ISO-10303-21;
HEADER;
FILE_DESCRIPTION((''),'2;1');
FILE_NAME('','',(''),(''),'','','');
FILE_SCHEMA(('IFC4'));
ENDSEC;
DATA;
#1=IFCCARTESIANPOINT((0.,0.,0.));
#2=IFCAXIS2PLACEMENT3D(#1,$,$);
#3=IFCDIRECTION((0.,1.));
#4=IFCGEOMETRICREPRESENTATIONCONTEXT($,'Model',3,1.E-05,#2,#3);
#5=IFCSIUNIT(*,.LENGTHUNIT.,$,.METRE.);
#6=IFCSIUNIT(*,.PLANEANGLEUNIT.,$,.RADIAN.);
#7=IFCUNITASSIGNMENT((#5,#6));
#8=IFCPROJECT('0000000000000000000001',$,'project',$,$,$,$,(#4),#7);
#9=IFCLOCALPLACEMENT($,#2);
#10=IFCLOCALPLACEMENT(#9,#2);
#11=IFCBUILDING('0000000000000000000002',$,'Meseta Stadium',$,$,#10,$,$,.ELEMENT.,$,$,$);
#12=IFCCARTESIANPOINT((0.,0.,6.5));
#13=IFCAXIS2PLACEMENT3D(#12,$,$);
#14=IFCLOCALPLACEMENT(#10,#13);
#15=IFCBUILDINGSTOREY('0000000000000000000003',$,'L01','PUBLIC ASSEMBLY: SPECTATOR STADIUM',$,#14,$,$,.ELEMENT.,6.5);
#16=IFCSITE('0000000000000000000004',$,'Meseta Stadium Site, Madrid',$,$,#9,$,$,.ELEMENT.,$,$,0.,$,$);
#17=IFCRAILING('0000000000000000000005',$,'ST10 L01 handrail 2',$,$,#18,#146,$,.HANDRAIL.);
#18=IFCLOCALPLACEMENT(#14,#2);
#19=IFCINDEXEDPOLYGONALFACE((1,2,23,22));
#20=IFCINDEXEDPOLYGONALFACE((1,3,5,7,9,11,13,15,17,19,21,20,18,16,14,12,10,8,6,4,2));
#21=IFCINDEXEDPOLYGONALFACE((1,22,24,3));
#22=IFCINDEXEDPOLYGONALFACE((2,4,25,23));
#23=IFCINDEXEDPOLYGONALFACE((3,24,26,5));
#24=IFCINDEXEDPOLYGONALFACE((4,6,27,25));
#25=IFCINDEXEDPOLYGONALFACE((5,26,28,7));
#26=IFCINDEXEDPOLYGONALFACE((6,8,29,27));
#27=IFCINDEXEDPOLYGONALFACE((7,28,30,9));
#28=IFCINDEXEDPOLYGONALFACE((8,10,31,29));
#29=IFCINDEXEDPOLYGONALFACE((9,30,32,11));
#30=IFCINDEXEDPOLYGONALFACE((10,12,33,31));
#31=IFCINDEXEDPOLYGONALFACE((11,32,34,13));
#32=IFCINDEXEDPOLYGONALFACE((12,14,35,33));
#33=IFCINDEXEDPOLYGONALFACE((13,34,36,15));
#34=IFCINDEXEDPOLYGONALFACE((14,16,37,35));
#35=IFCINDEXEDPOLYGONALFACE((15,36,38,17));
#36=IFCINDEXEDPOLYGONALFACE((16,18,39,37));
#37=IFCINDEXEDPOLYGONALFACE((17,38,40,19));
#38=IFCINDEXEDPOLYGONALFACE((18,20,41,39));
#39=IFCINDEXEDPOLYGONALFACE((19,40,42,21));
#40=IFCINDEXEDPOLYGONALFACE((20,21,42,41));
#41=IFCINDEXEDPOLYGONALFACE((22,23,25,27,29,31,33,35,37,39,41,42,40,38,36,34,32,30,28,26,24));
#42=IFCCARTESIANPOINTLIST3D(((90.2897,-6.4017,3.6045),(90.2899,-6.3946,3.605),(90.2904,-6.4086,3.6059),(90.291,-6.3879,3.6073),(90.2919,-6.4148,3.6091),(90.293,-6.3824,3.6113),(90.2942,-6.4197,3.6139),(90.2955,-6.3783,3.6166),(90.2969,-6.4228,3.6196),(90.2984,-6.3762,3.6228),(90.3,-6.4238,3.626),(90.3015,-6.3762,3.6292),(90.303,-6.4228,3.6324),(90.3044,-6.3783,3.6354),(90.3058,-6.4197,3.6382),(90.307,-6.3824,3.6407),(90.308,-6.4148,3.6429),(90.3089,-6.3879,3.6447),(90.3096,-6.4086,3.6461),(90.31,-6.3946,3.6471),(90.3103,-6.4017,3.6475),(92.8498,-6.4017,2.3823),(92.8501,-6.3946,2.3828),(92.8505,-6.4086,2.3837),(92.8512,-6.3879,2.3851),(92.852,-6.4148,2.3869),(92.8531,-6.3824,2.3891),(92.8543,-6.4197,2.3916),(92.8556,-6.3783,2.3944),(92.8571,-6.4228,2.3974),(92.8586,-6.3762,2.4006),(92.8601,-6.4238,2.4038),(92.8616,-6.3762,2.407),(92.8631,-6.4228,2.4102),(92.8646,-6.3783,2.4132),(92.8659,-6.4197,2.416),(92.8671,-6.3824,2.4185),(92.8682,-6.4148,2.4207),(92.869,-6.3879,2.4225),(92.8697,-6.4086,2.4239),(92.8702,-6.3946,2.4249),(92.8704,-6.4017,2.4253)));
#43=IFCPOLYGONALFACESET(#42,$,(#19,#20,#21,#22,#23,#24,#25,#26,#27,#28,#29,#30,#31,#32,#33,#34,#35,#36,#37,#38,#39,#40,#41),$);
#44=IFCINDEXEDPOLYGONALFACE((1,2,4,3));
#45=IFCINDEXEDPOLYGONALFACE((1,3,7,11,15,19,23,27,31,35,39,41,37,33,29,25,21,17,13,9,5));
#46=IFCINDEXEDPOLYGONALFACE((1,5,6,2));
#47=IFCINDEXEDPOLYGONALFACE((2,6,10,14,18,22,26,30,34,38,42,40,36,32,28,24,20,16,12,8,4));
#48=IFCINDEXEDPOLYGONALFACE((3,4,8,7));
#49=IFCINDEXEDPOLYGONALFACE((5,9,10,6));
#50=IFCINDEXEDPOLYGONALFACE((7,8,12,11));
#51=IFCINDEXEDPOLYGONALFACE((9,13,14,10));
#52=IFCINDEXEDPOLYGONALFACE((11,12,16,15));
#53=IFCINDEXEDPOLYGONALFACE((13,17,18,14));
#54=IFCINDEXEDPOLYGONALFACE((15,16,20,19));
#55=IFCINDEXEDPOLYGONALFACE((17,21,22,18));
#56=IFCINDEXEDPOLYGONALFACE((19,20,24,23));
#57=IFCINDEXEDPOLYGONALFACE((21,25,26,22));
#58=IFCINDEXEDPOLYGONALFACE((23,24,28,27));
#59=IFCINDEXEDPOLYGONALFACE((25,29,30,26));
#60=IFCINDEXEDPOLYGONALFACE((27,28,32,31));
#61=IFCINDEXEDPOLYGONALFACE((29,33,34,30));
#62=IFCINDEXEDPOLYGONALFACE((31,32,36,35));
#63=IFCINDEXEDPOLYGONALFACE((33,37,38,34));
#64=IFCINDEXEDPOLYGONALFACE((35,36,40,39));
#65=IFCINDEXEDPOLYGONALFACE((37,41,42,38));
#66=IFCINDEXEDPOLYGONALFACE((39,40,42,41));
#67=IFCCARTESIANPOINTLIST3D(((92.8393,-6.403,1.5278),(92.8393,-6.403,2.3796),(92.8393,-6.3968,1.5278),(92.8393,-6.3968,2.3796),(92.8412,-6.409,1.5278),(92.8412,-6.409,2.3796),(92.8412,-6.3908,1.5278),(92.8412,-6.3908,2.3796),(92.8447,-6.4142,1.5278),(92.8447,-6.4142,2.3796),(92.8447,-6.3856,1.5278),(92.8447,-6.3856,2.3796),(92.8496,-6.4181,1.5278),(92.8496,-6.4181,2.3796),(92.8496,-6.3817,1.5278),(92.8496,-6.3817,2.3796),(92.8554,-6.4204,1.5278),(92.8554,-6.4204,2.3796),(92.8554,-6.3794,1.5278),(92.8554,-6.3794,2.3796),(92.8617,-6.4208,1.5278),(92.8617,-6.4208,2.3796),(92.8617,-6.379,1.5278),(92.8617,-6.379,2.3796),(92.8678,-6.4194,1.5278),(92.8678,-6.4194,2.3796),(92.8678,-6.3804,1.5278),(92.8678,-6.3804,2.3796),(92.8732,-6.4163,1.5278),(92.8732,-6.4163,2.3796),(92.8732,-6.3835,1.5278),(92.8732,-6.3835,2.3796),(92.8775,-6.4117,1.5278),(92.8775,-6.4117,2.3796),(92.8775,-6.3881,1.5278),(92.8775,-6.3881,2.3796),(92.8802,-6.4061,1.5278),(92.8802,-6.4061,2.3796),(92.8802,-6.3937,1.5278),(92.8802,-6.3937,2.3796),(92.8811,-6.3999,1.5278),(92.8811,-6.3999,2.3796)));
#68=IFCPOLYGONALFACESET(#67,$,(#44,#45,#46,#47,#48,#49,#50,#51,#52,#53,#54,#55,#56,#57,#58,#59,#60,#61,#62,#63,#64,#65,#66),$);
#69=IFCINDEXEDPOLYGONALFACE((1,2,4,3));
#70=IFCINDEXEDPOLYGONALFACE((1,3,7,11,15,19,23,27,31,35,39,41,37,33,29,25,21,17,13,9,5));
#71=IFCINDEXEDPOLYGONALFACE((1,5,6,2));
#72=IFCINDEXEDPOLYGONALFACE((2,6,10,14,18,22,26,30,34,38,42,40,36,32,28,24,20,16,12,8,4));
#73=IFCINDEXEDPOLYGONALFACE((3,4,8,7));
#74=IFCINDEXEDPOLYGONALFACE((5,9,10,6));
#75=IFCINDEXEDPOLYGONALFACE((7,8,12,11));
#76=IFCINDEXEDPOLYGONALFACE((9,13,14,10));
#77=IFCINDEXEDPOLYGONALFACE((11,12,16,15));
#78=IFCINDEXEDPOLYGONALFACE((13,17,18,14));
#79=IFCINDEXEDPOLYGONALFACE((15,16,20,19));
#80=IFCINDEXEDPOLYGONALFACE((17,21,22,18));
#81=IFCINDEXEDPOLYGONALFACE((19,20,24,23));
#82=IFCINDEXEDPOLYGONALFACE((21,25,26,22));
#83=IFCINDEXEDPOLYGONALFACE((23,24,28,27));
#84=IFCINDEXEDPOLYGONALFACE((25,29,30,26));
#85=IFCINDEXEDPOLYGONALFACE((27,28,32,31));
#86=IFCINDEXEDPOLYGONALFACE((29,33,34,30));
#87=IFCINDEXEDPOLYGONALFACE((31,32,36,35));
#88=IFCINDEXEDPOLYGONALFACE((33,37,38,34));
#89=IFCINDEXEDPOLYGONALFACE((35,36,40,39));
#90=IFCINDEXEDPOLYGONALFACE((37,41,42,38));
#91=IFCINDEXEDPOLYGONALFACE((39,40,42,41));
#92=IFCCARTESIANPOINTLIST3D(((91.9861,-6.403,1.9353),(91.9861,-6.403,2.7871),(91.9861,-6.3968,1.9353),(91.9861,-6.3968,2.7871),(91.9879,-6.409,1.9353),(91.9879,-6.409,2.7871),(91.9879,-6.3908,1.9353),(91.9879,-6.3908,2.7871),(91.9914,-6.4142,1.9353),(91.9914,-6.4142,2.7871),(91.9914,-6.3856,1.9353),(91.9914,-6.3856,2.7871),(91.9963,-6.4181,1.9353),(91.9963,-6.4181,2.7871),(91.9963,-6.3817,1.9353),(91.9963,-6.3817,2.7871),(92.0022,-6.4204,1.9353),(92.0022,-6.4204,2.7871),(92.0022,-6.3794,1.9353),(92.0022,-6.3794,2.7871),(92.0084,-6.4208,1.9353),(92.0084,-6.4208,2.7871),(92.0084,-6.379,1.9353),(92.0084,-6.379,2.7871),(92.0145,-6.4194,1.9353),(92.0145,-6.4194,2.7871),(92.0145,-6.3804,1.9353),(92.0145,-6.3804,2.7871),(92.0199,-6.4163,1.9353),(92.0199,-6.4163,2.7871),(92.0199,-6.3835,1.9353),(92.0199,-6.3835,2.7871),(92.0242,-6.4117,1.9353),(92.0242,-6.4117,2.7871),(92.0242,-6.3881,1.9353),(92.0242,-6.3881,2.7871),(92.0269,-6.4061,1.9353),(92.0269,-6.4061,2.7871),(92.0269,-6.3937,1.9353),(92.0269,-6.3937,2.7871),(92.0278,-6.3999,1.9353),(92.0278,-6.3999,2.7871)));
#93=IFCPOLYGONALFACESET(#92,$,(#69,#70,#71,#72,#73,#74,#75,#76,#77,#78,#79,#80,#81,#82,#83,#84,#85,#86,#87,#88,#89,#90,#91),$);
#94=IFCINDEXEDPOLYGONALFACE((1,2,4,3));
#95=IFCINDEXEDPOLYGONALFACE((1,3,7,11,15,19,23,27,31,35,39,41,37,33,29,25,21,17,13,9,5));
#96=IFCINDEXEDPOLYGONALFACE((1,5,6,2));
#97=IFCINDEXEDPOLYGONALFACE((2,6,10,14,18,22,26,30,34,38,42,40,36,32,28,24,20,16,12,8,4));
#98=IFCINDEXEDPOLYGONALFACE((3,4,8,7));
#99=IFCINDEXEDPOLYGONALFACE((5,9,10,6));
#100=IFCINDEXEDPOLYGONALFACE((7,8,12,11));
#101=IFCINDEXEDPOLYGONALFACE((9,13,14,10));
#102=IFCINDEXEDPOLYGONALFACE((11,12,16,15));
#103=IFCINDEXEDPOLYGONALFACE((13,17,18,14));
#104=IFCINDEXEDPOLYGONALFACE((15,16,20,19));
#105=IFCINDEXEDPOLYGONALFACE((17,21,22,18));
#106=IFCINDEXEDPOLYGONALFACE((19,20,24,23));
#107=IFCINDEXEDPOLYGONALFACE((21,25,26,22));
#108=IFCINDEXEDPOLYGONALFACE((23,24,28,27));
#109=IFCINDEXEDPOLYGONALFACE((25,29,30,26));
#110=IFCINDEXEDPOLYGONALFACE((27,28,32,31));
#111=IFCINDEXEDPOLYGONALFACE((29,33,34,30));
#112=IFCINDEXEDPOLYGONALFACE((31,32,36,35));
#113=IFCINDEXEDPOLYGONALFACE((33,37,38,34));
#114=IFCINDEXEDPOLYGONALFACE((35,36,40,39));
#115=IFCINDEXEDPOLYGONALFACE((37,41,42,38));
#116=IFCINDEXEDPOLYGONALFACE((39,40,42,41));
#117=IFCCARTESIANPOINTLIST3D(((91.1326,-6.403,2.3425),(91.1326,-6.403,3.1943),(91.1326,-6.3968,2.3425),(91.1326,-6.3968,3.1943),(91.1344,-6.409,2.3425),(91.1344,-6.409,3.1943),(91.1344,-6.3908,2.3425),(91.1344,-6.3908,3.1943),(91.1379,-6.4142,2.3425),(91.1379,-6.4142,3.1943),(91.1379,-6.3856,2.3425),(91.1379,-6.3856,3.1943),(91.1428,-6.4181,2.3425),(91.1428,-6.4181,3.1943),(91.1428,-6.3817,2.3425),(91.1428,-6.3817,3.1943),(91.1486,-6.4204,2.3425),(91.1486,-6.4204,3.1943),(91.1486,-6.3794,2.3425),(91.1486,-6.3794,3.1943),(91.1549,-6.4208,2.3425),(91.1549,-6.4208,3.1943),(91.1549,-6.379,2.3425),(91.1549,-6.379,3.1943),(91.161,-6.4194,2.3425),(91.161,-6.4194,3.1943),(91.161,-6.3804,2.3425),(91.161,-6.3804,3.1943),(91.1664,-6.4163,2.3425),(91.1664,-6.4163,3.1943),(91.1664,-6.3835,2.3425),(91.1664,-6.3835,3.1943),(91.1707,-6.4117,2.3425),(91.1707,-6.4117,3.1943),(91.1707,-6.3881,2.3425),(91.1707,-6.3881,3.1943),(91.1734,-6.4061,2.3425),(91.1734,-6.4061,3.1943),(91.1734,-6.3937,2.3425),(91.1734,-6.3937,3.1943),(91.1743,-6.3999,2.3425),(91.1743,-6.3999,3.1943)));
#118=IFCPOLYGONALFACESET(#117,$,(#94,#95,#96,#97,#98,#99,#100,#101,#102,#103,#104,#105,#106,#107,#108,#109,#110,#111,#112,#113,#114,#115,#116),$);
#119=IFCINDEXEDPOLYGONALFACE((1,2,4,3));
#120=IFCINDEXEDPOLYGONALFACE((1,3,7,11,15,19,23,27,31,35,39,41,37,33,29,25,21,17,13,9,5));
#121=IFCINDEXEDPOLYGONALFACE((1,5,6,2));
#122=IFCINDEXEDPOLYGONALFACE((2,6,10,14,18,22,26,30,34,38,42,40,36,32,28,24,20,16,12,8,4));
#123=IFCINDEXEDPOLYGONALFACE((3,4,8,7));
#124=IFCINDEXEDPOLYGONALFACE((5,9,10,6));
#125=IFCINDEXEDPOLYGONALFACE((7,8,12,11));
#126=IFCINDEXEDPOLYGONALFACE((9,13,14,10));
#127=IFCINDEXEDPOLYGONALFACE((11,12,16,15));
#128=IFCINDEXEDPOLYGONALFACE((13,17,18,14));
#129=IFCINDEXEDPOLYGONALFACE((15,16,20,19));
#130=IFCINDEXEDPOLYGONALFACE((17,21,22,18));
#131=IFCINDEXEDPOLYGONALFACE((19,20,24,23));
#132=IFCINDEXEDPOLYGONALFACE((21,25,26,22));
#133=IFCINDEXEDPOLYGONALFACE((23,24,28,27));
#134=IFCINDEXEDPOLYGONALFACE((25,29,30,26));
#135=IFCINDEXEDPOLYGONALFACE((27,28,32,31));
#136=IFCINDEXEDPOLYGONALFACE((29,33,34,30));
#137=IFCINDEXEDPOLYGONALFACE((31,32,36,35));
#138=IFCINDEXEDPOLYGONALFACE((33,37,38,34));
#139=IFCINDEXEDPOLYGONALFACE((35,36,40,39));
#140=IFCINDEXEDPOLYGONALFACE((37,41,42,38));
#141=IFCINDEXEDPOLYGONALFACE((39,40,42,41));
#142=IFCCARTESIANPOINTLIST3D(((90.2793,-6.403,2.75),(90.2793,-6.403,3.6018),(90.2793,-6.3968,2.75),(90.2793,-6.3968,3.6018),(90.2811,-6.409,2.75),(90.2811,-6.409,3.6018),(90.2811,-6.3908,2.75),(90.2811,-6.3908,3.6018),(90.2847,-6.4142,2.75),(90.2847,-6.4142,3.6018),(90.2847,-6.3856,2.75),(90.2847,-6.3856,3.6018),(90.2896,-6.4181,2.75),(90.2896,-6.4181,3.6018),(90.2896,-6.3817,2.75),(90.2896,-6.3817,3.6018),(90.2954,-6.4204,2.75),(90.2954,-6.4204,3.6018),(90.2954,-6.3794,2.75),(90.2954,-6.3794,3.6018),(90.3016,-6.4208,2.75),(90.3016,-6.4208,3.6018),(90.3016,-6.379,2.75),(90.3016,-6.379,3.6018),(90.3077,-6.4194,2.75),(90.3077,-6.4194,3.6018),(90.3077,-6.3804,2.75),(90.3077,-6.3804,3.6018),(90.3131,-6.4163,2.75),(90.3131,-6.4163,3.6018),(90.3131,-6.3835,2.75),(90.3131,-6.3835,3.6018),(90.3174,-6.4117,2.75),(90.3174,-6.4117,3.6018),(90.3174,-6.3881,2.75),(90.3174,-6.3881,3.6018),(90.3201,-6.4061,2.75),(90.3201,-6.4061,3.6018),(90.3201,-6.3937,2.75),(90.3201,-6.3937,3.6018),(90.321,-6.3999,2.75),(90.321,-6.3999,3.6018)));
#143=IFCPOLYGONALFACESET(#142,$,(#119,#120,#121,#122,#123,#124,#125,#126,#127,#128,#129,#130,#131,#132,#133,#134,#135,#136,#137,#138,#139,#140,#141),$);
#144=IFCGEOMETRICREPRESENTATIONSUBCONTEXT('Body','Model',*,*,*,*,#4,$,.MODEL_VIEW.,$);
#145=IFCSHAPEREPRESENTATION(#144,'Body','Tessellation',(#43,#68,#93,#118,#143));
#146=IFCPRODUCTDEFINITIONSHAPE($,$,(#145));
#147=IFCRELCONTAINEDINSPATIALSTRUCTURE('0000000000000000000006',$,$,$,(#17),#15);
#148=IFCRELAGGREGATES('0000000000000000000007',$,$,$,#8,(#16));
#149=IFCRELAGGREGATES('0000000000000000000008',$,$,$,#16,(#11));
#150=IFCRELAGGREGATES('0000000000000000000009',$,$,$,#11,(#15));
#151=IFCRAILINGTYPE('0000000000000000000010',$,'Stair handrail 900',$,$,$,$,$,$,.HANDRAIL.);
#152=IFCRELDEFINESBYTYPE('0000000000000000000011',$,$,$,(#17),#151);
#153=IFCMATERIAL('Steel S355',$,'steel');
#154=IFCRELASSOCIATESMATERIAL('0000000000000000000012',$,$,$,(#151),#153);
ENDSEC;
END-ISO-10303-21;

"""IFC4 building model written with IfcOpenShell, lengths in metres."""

from ifc_helpers import new_model, si_unit, direction, frame, origin, origin_2d, place, context, subcontext, project, spatial, circle, extrude, material, type_object, element, save


model = new_model("IFC4")

# Units and contexts
model_context = context("Model", 3, precision=1e-05, world=origin(), true_north=direction((0.0, 1.0)))
body_context = subcontext(model_context, "Body", "Model", "MODEL_VIEW")
ifc_project = project(units=[si_unit("LENGTHUNIT", "METRE"), si_unit("PLANEANGLEUNIT", "RADIAN")], contexts=[model_context])

# Site, building, storey
site_placement = place(None, origin())
site = spatial("IfcSite", under=ifc_project, at=site_placement, Name="Meseta Stadium Site, Madrid", CompositionType="ELEMENT", RefElevation=0.0)
building_placement = place(site_placement, origin())
building = spatial("IfcBuilding", under=site, at=building_placement, Name="Meseta Stadium", CompositionType="ELEMENT")
storey_placement = place(building_placement, frame((0.0, 0.0, 6.5)))
storey = spatial("IfcBuildingStorey", under=building, at=storey_placement, Name="L01", Description="PUBLIC ASSEMBLY: SPECTATOR STADIUM", CompositionType="ELEMENT", Elevation=6.5)

# Railing
ifc_material_1 = material(Name="Steel S355", Category="steel")
railing_type_1 = type_object("IfcRailingType", Name="Stair handrail 900", PredefinedType="HANDRAIL", material=ifc_material_1)
railing_1_placement = place(storey_placement, frame((92.8601, -6.3999, 1.5278)))
element("IfcRailing", 1, at=railing_1_placement, inside=storey, type_object=railing_type_1, Name="ST10 L01 handrail 2", PredefinedType="HANDRAIL", context=body_context, shape_type="SweptSolid", body=[
    extrude(circle(Radius=0.0239, at=origin_2d()), frame((0.0, 0.0, 0.876), z_axis=(-0.902437, 0.0, 0.430822), x_axis=(0.0, -1.0, 0.0)), (0.0, 0.0, 1.0), 2.8369),
    extrude(circle(Radius=0.021, at=origin_2d()), origin(), (0.0, 0.0, 1.0), 0.8518),
    extrude(circle(Radius=0.021, at=origin_2d()), frame((-0.8533, 0.0, 0.4075)), (0.0, 0.0, 1.0), 0.8518),
    extrude(circle(Radius=0.021, at=origin_2d()), frame((-1.7068, 0.0, 0.8147)), (0.0, 0.0, 1.0), 0.8518),
    extrude(circle(Radius=0.021, at=origin_2d()), frame((-2.5601, 0.0, 1.2222)), (0.0, 0.0, 1.0), 0.8518),
])

save(model, "model.ifc")
